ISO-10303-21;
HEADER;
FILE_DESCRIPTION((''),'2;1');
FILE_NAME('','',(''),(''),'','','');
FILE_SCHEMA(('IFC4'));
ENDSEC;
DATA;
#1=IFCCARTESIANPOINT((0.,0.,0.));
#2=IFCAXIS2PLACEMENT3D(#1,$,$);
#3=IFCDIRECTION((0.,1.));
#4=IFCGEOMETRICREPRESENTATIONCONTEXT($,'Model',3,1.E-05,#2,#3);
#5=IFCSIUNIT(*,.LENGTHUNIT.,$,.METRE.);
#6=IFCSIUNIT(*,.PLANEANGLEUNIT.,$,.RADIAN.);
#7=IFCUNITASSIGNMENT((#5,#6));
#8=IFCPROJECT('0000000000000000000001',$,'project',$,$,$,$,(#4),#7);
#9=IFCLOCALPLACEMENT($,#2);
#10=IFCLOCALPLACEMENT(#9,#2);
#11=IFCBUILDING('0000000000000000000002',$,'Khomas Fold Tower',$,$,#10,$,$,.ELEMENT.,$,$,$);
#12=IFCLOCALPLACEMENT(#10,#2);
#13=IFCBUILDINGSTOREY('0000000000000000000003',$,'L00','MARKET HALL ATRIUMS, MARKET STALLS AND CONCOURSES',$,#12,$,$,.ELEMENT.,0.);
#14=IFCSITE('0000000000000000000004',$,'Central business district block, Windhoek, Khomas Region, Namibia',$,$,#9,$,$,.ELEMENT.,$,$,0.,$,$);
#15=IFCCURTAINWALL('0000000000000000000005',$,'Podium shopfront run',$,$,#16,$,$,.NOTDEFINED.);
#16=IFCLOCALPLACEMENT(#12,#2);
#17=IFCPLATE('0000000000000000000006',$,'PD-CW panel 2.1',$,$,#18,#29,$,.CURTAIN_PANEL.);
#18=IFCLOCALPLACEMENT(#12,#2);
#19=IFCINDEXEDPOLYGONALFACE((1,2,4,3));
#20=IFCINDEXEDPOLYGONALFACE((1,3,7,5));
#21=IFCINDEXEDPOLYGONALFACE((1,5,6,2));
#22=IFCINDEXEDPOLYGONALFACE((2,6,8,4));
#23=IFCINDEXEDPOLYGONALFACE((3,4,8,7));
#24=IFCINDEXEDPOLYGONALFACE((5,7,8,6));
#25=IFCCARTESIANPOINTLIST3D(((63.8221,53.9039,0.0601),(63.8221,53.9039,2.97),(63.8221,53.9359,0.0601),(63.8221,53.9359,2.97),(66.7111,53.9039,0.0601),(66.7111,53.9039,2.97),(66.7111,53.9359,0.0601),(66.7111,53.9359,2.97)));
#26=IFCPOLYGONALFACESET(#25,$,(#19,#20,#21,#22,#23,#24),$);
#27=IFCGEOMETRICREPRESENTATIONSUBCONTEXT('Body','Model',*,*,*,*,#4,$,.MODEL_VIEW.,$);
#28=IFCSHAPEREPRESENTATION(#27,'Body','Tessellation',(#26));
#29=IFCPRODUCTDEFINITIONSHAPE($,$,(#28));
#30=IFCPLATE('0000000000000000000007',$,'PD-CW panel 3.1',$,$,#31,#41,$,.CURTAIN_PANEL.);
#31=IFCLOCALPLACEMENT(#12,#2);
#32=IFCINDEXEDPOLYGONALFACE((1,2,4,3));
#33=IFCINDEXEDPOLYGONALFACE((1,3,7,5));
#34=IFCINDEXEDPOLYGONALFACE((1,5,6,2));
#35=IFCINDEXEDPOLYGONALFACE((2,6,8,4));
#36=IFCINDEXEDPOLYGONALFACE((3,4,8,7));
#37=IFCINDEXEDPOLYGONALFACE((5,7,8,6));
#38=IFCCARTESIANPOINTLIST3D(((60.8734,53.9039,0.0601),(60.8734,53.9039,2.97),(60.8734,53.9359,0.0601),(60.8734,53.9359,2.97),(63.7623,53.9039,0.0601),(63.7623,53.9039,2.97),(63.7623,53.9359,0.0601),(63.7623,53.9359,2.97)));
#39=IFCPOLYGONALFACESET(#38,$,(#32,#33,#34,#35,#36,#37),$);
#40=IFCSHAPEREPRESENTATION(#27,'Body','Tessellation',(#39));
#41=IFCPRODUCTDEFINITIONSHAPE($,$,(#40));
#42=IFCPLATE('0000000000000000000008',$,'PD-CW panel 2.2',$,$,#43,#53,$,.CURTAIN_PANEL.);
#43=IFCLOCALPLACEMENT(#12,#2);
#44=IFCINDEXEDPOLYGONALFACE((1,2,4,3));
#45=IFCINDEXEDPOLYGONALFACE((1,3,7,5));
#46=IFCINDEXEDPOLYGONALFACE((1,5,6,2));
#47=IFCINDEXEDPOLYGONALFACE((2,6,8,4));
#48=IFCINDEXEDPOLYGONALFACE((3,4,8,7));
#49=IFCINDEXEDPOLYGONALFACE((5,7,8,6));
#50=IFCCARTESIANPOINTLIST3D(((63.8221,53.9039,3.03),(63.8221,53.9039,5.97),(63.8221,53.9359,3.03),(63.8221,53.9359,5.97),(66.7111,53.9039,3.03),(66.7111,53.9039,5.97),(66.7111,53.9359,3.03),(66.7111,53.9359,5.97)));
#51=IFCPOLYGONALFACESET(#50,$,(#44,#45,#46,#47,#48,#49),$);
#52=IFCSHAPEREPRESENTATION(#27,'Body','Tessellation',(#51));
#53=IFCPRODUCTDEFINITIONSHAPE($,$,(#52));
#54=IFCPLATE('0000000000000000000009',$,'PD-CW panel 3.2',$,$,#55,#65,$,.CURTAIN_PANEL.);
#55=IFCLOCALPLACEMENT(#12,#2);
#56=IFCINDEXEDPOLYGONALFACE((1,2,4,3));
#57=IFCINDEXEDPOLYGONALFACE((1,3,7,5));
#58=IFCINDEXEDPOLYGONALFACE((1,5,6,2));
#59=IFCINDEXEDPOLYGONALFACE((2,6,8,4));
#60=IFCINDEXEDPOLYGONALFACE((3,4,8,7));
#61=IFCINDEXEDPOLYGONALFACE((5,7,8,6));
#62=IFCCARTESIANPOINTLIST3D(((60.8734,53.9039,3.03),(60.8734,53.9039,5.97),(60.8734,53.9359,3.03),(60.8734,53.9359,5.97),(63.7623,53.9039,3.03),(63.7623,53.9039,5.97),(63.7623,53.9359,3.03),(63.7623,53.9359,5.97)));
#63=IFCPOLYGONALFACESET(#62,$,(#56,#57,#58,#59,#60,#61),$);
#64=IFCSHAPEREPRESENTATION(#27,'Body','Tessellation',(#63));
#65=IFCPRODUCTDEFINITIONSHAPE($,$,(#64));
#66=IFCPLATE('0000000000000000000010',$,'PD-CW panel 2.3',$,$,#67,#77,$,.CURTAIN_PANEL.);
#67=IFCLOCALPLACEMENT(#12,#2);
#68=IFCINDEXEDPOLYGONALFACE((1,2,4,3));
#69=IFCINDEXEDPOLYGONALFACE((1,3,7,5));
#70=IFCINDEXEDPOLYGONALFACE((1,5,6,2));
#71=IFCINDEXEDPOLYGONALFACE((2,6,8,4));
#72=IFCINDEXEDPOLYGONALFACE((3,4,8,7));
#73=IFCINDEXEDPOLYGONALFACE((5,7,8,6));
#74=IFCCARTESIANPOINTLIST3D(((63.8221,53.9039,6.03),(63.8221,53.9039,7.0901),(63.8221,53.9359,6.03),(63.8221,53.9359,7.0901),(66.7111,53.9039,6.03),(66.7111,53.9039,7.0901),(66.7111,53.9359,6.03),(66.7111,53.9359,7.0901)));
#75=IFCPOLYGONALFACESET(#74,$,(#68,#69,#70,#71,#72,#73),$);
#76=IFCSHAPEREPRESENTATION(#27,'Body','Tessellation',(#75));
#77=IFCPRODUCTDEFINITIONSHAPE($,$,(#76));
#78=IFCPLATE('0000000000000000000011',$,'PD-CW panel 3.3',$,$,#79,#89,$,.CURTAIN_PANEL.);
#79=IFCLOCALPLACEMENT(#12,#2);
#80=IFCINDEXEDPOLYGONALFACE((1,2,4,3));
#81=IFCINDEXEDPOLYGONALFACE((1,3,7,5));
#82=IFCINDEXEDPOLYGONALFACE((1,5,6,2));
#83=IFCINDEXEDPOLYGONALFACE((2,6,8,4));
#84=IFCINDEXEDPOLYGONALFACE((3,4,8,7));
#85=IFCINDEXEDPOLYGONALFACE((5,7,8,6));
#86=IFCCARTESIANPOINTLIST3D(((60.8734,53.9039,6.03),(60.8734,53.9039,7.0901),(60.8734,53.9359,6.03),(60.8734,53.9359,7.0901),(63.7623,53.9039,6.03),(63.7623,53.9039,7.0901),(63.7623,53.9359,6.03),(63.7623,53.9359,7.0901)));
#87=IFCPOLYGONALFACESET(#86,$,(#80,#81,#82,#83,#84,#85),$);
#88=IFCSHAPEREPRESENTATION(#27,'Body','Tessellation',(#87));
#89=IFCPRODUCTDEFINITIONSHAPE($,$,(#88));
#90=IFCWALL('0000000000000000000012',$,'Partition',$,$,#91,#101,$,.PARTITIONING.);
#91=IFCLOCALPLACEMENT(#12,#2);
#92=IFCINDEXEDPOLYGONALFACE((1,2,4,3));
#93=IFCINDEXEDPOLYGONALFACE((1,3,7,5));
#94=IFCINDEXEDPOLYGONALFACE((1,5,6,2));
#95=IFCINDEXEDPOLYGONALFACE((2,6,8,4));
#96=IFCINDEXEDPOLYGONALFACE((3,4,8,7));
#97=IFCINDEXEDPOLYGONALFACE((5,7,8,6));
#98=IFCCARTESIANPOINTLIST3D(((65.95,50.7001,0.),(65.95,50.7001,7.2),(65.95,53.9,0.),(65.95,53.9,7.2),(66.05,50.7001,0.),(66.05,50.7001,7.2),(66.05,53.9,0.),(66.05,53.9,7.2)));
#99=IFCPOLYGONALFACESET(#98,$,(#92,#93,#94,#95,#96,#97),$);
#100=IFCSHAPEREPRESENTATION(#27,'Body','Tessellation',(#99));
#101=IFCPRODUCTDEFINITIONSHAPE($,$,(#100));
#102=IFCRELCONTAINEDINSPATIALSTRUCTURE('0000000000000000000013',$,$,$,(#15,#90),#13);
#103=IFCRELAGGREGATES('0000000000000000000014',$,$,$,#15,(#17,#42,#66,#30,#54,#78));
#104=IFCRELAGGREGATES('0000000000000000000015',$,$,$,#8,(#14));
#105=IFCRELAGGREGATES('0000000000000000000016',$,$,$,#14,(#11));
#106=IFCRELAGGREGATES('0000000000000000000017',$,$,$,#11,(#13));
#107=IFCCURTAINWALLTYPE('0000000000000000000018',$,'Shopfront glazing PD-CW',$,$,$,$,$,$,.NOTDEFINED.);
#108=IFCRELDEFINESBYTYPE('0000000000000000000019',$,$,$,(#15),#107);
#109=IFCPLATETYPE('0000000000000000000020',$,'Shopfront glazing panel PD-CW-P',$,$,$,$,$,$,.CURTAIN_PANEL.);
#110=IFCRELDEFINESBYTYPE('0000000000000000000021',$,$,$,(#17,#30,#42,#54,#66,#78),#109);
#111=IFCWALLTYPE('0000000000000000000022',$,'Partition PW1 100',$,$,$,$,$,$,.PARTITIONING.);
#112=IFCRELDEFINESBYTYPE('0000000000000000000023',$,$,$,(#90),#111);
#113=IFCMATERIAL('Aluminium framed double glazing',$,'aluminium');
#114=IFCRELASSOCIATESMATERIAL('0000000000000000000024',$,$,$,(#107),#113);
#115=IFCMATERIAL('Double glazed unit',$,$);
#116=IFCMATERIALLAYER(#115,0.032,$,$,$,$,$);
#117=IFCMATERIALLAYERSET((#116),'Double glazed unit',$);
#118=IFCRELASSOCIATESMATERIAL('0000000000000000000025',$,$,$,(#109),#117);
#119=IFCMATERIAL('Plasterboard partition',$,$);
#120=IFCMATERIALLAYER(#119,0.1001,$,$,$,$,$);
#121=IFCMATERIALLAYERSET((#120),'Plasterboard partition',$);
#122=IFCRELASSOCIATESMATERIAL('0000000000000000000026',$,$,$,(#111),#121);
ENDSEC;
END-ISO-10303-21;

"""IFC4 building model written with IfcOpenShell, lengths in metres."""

from ifc_helpers import new_model, si_unit, direction, frame, frame_2d, origin, origin_2d, place, context, subcontext, project, spatial, rectangle, extrude, source, transform, mapped, material, layer, layer_set, type_object, element, aggregate, save


model = new_model("IFC4")

# Units and contexts
model_context = context("Model", 3, precision=1e-05, world=origin(), true_north=direction((0.0, 1.0)))
body_context = subcontext(model_context, "Body", "Model", "MODEL_VIEW")
ifc_project = project(units=[si_unit("LENGTHUNIT", "METRE"), si_unit("PLANEANGLEUNIT", "RADIAN")], contexts=[model_context])

# Site, building, storey
site_placement = place(None, origin())
site = spatial("IfcSite", under=ifc_project, at=site_placement, Name="Central business district block, Windhoek, Khomas Region, Namibia", CompositionType="ELEMENT", RefElevation=0.0)
building_placement = place(site_placement, origin())
building = spatial("IfcBuilding", under=site, at=building_placement, Name="Khomas Fold Tower", CompositionType="ELEMENT")
storey_placement = place(building_placement, origin())
storey = spatial("IfcBuildingStorey", under=building, at=storey_placement, Name="L00", Description="MARKET HALL ATRIUMS, MARKET STALLS AND CONCOURSES", CompositionType="ELEMENT", Elevation=0.0)

# Curtain wall, plates
ifc_material_1 = material(Name="Aluminium framed double glazing", Category="aluminium")
curtain_wall_type = type_object("IfcCurtainWallType", Name="Shopfront glazing PD-CW", PredefinedType="NOTDEFINED", material=ifc_material_1)
curtain_wall_placement = place(storey_placement, origin())
curtain_wall = element("IfcCurtainWall", 1, at=curtain_wall_placement, inside=storey, type_object=curtain_wall_type, Name="Podium shopfront run", PredefinedType="NOTDEFINED")
ifc_material_2 = material(Name="Double glazed unit")
ifc_layer_1 = layer(ifc_material_2, 0.032)
ifc_layer_set_1 = layer_set([ifc_layer_1], Name="Double glazed unit")
plate_type = type_object("IfcPlateType", Name="Shopfront glazing panel PD-CW-P", PredefinedType="CURTAIN_PANEL", material=ifc_layer_set_1)
shared_shape_1 = source(origin(), body_context, "Body", "SweptSolid", [
    extrude(rectangle(XDim=2.8889, YDim=0.032, at=origin_2d()), origin(), (0.0, 0.0, 1.0), 2.9099),
])
plate_1_placement = place(storey_placement, frame((65.2666, 53.9199, 0.0601), z_axis=(0.0, 0.0, 1.0), x_axis=(-1.0, 0.0, 0.0)))
plate_1 = element("IfcPlate", 2, at=plate_1_placement, type_object=plate_type, Name="PD-CW panel 2.1", PredefinedType="CURTAIN_PANEL", context=body_context, shape_type="MappedRepresentation", body=[
    mapped(shared_shape_1, transform((0.0, 0.0, 0.0))),
])
plate_2_placement = place(storey_placement, frame((62.3179, 53.9199, 0.0601), z_axis=(0.0, 0.0, 1.0), x_axis=(-1.0, 0.0, 0.0)))
plate_2 = element("IfcPlate", 3, at=plate_2_placement, type_object=plate_type, Name="PD-CW panel 3.1", PredefinedType="CURTAIN_PANEL", context=body_context, shape_type="MappedRepresentation", body=[
    mapped(shared_shape_1, transform((0.0, 0.0, 0.0))),
])
shared_shape_2 = source(origin(), body_context, "Body", "SweptSolid", [
    extrude(rectangle(XDim=2.8889, YDim=0.032, at=origin_2d()), origin(), (0.0, 0.0, 1.0), 2.9399),
])
plate_3_placement = place(storey_placement, frame((65.2666, 53.9199, 3.03), z_axis=(0.0, 0.0, 1.0), x_axis=(-1.0, 0.0, 0.0)))
plate_3 = element("IfcPlate", 4, at=plate_3_placement, type_object=plate_type, Name="PD-CW panel 2.2", PredefinedType="CURTAIN_PANEL", context=body_context, shape_type="MappedRepresentation", body=[
    mapped(shared_shape_2, transform((0.0, 0.0, 0.0))),
])
plate_4_placement = place(storey_placement, frame((62.3179, 53.9199, 3.03), z_axis=(0.0, 0.0, 1.0), x_axis=(-1.0, 0.0, 0.0)))
plate_4 = element("IfcPlate", 5, at=plate_4_placement, type_object=plate_type, Name="PD-CW panel 3.2", PredefinedType="CURTAIN_PANEL", context=body_context, shape_type="MappedRepresentation", body=[
    mapped(shared_shape_2, transform((0.0, 0.0, 0.0))),
])
shared_shape_3 = source(origin(), body_context, "Body", "SweptSolid", [
    extrude(rectangle(XDim=2.8889, YDim=0.032, at=origin_2d()), origin(), (0.0, 0.0, 1.0), 1.0601),
])
plate_5_placement = place(storey_placement, frame((65.2666, 53.9199, 6.03), z_axis=(0.0, 0.0, 1.0), x_axis=(-1.0, 0.0, 0.0)))
plate_5 = element("IfcPlate", 6, at=plate_5_placement, type_object=plate_type, Name="PD-CW panel 2.3", PredefinedType="CURTAIN_PANEL", context=body_context, shape_type="MappedRepresentation", body=[
    mapped(shared_shape_3, transform((0.0, 0.0, 0.0))),
])
plate_6_placement = place(storey_placement, frame((62.3179, 53.9199, 6.03), z_axis=(0.0, 0.0, 1.0), x_axis=(-1.0, 0.0, 0.0)))
plate_6 = element("IfcPlate", 7, at=plate_6_placement, type_object=plate_type, Name="PD-CW panel 3.3", PredefinedType="CURTAIN_PANEL", context=body_context, shape_type="MappedRepresentation", body=[
    mapped(shared_shape_3, transform((0.0, 0.0, 0.0))),
])
aggregate(curtain_wall, [plate_1, plate_3, plate_5, plate_2, plate_4, plate_6])

# Wall
ifc_material_3 = material(Name="Plasterboard partition")
ifc_layer_2 = layer(ifc_material_3, 0.1001)
ifc_layer_set_2 = layer_set([ifc_layer_2], Name="Plasterboard partition")
wall_type = type_object("IfcWallType", Name="Partition PW1 100", PredefinedType="PARTITIONING", material=ifc_layer_set_2)
shared_shape_4 = source(origin(), body_context, "Body", "SweptSolid", [
    extrude(rectangle(XDim=3.2, YDim=0.1001, at=frame_2d((1.6001, 0.0))), origin(), (0.0, 0.0, 1.0), 7.2),
])
wall_placement = place(storey_placement, frame((66.0, 50.7, 0.0), z_axis=(0.0, 0.0, 1.0), x_axis=(0.0, 1.0, 0.0)))
element("IfcWall", 8, at=wall_placement, inside=storey, type_object=wall_type, Name="Partition", PredefinedType="PARTITIONING", context=body_context, shape_type="MappedRepresentation", body=[
    mapped(shared_shape_4, transform((0.0, 0.0, 0.0))),
])

save(model, "model.ifc")
